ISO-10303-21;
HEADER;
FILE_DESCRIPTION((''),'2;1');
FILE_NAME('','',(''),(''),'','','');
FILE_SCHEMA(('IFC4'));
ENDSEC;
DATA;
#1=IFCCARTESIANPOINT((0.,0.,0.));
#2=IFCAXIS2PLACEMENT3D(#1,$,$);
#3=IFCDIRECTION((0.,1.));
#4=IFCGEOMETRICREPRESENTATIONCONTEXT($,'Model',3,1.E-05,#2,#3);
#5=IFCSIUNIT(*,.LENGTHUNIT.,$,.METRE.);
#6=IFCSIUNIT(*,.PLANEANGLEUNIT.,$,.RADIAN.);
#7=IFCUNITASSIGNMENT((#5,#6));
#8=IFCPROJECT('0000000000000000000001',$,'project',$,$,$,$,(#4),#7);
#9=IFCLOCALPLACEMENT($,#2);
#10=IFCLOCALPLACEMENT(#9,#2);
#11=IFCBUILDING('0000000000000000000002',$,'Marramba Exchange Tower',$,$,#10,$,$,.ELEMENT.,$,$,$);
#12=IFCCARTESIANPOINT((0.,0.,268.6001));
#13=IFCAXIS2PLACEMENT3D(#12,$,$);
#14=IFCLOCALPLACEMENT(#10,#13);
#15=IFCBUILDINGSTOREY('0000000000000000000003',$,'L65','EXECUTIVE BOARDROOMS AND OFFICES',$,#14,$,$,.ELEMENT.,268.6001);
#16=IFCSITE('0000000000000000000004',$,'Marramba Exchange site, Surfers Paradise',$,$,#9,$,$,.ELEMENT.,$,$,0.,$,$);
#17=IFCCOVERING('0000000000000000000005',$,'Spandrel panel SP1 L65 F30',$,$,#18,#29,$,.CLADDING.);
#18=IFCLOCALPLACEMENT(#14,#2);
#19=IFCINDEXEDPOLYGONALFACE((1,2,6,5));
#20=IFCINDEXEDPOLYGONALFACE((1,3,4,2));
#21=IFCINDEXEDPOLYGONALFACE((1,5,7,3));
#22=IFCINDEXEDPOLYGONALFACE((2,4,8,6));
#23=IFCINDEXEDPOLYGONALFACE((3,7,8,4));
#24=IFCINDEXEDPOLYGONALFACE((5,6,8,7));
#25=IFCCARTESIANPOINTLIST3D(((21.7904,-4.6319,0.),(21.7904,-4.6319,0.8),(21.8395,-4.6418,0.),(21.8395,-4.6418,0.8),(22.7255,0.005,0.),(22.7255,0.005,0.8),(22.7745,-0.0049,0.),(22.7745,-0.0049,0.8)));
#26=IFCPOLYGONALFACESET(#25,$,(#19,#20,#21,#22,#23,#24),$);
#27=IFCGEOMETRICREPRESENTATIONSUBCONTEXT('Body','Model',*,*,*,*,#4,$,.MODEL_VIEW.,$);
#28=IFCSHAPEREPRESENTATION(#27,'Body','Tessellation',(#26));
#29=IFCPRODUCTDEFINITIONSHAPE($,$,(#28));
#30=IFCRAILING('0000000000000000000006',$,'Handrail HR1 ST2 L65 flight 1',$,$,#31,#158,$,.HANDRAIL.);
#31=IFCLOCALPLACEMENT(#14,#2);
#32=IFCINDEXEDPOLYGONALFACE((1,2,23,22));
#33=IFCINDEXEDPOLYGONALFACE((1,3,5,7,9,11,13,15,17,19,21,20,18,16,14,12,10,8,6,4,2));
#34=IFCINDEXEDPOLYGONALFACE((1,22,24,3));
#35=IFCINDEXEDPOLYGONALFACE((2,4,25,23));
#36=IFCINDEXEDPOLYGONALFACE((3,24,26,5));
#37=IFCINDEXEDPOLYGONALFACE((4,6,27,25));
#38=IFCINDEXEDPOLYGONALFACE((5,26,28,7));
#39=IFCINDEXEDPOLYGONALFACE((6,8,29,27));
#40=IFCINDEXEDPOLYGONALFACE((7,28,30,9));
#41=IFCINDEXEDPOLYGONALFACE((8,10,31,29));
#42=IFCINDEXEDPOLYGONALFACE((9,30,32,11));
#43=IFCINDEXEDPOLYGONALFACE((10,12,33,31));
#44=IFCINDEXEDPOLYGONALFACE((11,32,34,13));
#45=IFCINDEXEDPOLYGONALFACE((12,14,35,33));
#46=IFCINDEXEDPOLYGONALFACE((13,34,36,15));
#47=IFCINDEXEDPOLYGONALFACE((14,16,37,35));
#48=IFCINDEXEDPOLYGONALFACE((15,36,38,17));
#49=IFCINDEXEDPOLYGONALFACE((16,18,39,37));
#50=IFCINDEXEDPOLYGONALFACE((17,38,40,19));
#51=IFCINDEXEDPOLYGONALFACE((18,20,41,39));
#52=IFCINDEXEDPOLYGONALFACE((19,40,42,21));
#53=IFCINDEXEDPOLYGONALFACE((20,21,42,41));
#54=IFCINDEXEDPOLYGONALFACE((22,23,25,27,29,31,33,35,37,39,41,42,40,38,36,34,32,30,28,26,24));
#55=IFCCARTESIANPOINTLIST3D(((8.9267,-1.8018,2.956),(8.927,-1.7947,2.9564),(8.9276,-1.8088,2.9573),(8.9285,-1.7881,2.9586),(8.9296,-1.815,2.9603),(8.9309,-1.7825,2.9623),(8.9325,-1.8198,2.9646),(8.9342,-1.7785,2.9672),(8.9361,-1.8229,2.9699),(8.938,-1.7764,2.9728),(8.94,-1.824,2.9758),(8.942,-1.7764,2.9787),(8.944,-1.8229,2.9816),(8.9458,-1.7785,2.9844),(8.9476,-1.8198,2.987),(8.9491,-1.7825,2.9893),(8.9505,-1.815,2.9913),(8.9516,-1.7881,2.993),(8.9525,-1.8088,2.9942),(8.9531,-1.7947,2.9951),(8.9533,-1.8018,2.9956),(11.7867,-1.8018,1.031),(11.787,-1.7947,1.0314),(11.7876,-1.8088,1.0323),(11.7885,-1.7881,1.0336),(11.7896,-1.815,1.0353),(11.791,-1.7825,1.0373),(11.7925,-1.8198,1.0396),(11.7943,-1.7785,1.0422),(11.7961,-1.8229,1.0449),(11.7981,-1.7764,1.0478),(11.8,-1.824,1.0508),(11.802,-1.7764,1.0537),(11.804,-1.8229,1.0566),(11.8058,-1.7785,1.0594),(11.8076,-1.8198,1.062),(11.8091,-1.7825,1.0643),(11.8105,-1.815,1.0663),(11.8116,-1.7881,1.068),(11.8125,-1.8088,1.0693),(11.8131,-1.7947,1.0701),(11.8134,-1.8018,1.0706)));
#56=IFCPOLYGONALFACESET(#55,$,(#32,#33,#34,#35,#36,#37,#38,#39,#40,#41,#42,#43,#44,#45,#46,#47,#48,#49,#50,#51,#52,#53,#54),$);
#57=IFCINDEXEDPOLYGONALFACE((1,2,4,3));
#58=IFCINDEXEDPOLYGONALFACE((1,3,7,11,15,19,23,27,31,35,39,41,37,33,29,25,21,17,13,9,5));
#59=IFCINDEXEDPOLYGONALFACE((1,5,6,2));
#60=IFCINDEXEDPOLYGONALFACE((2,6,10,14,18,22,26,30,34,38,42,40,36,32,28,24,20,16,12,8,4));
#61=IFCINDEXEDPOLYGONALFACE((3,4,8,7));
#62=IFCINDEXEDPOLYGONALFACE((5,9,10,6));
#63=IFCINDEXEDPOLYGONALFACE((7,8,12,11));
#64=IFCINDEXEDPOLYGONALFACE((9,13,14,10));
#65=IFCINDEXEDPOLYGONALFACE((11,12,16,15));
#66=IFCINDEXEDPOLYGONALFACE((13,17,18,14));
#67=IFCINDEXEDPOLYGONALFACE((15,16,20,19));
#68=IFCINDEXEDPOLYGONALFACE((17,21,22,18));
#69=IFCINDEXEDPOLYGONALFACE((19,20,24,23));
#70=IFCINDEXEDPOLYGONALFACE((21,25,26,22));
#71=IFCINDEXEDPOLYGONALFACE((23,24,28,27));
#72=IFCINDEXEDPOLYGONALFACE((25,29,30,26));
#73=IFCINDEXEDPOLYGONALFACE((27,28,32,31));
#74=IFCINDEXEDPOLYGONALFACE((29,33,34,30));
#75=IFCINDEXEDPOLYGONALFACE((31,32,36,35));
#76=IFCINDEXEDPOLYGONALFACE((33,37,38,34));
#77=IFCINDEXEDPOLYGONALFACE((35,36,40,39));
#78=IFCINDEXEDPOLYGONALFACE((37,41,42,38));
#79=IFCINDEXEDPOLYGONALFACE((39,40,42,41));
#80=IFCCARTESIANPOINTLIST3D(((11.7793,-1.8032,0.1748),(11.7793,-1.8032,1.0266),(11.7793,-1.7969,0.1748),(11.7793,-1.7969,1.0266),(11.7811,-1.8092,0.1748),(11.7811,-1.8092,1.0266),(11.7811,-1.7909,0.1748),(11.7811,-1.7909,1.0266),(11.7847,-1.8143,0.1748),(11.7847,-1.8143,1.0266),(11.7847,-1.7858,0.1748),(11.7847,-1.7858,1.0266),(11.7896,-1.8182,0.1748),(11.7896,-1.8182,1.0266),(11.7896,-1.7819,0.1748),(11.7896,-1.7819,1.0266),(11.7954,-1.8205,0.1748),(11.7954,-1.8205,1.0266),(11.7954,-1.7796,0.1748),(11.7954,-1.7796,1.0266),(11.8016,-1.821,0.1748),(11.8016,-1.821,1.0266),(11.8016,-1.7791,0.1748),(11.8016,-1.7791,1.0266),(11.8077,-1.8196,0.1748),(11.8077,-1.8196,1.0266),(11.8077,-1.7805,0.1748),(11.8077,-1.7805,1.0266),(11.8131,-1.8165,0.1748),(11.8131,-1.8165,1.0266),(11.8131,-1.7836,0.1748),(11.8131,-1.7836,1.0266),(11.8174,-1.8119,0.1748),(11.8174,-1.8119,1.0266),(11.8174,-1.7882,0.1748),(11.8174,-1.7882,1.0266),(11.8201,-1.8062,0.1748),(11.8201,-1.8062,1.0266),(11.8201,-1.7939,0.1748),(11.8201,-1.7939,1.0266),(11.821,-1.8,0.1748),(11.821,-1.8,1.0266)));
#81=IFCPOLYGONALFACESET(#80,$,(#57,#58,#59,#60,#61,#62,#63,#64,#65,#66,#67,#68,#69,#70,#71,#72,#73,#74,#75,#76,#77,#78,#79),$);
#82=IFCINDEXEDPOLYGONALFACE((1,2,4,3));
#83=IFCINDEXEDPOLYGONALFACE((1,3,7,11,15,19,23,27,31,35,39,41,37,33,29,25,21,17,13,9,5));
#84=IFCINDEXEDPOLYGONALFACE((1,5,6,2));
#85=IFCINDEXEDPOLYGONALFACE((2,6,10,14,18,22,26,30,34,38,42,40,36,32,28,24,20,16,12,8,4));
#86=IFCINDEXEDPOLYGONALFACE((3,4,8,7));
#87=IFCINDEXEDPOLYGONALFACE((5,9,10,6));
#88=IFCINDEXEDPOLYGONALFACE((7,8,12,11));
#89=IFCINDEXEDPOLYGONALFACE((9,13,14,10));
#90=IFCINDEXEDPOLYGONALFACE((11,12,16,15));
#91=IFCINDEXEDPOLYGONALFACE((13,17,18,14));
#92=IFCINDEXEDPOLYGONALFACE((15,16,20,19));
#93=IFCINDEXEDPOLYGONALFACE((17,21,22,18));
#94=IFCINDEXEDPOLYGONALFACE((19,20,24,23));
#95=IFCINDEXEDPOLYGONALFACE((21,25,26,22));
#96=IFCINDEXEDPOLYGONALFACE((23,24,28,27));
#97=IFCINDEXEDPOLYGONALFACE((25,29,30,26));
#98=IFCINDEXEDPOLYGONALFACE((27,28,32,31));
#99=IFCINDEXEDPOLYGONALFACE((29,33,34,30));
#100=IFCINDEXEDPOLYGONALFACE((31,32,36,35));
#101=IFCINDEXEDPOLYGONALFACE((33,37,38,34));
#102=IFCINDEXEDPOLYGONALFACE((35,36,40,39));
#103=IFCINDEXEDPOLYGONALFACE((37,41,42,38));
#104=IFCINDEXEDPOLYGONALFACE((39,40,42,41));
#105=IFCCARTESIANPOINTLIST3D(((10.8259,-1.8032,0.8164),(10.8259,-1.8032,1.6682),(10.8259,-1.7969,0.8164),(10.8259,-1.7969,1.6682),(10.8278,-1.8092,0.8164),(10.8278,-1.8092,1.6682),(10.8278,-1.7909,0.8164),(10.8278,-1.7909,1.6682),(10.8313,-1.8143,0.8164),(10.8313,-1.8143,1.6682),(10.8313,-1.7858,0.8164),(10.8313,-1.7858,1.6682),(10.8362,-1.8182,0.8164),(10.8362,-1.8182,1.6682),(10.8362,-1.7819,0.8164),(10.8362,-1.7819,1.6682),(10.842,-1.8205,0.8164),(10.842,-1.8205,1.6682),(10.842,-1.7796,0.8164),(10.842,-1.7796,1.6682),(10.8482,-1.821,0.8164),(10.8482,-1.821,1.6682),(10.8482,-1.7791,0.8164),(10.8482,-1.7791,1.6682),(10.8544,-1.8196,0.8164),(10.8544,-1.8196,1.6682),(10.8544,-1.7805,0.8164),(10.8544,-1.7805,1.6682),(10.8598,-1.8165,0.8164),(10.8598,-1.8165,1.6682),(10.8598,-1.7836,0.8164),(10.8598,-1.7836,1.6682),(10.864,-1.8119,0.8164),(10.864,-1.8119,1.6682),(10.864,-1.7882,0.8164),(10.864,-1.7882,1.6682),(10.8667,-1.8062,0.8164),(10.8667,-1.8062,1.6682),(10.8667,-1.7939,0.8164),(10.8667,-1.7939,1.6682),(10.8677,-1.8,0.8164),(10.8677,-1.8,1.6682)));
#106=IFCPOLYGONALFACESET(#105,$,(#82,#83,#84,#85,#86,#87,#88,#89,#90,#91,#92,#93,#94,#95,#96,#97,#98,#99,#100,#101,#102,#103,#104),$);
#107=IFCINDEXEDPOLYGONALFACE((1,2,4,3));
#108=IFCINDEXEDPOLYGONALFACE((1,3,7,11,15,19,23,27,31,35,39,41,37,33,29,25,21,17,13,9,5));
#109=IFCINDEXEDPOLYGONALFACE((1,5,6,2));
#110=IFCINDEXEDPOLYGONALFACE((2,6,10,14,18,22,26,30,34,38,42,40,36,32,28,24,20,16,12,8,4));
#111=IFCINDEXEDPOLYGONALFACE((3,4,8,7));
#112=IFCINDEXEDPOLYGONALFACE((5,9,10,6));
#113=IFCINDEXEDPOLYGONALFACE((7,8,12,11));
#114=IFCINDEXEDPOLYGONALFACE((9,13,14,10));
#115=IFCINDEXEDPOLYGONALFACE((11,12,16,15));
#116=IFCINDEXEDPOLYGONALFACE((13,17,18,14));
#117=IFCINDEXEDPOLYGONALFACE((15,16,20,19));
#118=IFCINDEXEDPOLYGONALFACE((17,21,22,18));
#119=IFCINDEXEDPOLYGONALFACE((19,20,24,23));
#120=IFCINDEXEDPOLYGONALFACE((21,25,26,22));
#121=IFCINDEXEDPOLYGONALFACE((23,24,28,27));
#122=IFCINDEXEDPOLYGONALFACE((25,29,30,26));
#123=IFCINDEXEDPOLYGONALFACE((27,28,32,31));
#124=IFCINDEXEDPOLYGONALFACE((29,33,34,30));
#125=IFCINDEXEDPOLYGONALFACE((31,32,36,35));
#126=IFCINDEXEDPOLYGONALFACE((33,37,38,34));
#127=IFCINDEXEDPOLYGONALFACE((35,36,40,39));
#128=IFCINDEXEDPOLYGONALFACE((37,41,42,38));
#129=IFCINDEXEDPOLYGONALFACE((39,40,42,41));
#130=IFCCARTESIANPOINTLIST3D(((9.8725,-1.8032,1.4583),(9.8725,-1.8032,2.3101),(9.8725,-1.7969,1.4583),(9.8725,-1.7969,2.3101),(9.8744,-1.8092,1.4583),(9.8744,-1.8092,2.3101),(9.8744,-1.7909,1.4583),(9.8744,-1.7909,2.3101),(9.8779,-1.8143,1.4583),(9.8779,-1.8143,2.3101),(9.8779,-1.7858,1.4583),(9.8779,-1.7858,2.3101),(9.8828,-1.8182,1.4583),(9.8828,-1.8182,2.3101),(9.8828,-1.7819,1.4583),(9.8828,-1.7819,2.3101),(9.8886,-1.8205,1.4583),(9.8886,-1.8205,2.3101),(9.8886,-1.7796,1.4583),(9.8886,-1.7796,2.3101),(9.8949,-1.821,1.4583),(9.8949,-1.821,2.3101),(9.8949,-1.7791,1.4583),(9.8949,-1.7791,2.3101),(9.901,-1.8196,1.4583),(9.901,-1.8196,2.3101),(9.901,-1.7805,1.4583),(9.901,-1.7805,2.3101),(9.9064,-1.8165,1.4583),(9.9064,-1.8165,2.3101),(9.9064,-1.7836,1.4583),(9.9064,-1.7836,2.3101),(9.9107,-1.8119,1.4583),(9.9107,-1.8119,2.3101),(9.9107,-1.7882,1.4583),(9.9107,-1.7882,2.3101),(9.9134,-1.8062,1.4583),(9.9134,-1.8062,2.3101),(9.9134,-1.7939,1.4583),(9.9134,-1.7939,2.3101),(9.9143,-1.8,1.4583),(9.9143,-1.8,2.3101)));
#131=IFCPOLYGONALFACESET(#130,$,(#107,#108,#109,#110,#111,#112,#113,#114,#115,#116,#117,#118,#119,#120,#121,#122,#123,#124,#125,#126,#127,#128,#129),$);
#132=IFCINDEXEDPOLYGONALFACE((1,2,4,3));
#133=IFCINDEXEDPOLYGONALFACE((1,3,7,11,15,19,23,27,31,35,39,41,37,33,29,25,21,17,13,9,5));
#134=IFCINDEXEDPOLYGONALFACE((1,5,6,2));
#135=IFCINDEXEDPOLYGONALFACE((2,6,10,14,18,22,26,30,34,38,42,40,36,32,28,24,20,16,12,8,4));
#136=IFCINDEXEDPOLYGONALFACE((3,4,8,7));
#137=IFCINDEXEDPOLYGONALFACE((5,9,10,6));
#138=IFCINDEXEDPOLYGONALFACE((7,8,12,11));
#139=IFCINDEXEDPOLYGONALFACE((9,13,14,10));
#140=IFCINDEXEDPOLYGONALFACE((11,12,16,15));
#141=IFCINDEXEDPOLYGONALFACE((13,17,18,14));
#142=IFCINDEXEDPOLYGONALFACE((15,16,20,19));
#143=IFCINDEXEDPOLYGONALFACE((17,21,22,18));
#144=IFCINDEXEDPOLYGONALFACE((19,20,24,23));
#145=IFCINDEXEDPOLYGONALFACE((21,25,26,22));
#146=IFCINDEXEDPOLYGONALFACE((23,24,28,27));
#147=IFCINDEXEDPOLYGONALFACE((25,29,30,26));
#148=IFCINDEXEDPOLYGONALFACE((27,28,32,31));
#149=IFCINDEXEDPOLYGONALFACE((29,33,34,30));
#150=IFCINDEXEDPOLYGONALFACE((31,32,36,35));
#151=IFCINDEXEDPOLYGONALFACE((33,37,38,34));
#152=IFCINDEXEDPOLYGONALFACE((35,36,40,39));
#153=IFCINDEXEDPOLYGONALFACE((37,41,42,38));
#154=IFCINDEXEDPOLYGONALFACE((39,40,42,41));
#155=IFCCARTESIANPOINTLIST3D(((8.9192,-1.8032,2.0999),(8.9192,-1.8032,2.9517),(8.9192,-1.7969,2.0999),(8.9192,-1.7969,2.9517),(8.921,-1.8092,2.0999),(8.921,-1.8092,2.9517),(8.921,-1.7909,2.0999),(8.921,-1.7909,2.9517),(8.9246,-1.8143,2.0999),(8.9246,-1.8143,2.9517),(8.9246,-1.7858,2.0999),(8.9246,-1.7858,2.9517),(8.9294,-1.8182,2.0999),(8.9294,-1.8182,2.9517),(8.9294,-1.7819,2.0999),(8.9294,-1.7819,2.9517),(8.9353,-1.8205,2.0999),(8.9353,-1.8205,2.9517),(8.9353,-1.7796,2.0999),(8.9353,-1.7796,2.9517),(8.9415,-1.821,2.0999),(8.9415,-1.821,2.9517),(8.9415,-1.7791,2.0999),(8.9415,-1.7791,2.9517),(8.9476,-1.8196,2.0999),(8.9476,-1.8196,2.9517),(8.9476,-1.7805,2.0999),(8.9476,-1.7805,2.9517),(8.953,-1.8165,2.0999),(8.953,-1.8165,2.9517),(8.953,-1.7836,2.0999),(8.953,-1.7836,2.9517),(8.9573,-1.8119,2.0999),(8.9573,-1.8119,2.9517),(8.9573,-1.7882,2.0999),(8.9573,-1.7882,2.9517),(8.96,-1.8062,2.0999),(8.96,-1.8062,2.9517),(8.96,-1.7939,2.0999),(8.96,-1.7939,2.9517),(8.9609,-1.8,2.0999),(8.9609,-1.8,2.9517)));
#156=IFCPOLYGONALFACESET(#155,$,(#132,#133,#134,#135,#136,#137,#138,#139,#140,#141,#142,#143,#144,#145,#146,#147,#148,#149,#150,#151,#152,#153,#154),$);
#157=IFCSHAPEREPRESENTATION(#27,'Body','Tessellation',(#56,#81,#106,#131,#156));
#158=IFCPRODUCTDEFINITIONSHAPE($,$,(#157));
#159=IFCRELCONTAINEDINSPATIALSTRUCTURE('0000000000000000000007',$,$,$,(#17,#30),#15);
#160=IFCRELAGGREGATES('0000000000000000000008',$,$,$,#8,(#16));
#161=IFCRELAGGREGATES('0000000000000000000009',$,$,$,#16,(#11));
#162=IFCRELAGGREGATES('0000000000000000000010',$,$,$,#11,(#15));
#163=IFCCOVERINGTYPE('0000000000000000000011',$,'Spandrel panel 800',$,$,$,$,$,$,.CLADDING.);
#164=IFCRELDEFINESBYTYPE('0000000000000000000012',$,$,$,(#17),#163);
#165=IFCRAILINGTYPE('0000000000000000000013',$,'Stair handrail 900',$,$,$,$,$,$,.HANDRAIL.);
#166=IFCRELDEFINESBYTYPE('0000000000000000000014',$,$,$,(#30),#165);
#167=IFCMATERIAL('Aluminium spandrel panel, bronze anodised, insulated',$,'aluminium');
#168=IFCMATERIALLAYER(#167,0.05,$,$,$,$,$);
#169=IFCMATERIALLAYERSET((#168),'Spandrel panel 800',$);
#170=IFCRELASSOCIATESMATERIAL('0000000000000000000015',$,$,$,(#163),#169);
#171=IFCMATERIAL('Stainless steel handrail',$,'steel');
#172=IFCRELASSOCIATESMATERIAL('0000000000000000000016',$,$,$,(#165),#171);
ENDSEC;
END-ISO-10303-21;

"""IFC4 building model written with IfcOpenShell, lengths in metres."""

from ifc_helpers import new_model, si_unit, direction, frame, origin, origin_2d, place, context, subcontext, project, spatial, rectangle, circle, extrude, material, layer, layer_set, type_object, element, save


model = new_model("IFC4")

# Units and contexts
model_context = context("Model", 3, precision=1e-05, world=origin(), true_north=direction((0.0, 1.0)))
body_context = subcontext(model_context, "Body", "Model", "MODEL_VIEW")
ifc_project = project(units=[si_unit("LENGTHUNIT", "METRE"), si_unit("PLANEANGLEUNIT", "RADIAN")], contexts=[model_context])

# Site, building, storey
site_placement = place(None, origin())
site = spatial("IfcSite", under=ifc_project, at=site_placement, Name="Marramba Exchange site, Surfers Paradise", CompositionType="ELEMENT", RefElevation=0.0)
building_placement = place(site_placement, origin())
building = spatial("IfcBuilding", under=site, at=building_placement, Name="Marramba Exchange Tower", CompositionType="ELEMENT")
storey_placement = place(building_placement, frame((0.0, 0.0, 268.6001)))
storey = spatial("IfcBuildingStorey", under=building, at=storey_placement, Name="L65", Description="EXECUTIVE BOARDROOMS AND OFFICES", CompositionType="ELEMENT", Elevation=268.6001)

# Covering
ifc_material_1 = material(Name="Aluminium spandrel panel, bronze anodised, insulated", Category="aluminium")
ifc_layer_1 = layer(ifc_material_1, 0.05)
ifc_layer_set_1 = layer_set([ifc_layer_1], Name="Spandrel panel 800")
covering_type = type_object("IfcCoveringType", Name="Spandrel panel 800", PredefinedType="CLADDING", material=ifc_layer_set_1)
covering_1_placement = place(storey_placement, frame((22.2825, -2.3184, 0.0), z_axis=(0.0, 0.0, 1.0), x_axis=(0.197671, 0.980269, 0.0)))
element("IfcCovering", 1, at=covering_1_placement, inside=storey, type_object=covering_type, Name="Spandrel panel SP1 L65 F30", PredefinedType="CLADDING", context=body_context, shape_type="SweptSolid", body=[
    extrude(rectangle(XDim=4.7302, YDim=0.05, at=origin_2d()), origin(), (0.0, 0.0, 1.0), 0.8),
])

# Railing
ifc_material_2 = material(Name="Stainless steel handrail", Category="steel")
railing_type = type_object("IfcRailingType", Name="Stair handrail 900", PredefinedType="HANDRAIL", material=ifc_material_2)
railing_1_placement = place(storey_placement, frame((11.8, -1.8, 0.1748)))
element("IfcRailing", 2, at=railing_1_placement, inside=storey, type_object=railing_type, Name="Handrail HR1 ST2 L65 flight 1", PredefinedType="HANDRAIL", context=body_context, shape_type="SweptSolid", body=[
    extrude(circle(Radius=0.0239, at=origin_2d()), frame((0.0, 0.0, 0.876), z_axis=(-0.829591, 0.0, 0.558372), x_axis=(0.0, -1.0, 0.0)), (0.0, 0.0, 1.0), 3.4475),
    extrude(circle(Radius=0.021, at=origin_2d()), origin(), (0.0, 0.0, 1.0), 0.8518),
    extrude(circle(Radius=0.021, at=origin_2d()), frame((-0.9534, 0.0, 0.6416)), (0.0, 0.0, 1.0), 0.8518),
    extrude(circle(Radius=0.021, at=origin_2d()), frame((-1.9067, 0.0, 1.2834)), (0.0, 0.0, 1.0), 0.8518),
    extrude(circle(Radius=0.021, at=origin_2d()), frame((-2.8601, 0.0, 1.925)), (0.0, 0.0, 1.0), 0.8518),
])

save(model, "model.ifc")
